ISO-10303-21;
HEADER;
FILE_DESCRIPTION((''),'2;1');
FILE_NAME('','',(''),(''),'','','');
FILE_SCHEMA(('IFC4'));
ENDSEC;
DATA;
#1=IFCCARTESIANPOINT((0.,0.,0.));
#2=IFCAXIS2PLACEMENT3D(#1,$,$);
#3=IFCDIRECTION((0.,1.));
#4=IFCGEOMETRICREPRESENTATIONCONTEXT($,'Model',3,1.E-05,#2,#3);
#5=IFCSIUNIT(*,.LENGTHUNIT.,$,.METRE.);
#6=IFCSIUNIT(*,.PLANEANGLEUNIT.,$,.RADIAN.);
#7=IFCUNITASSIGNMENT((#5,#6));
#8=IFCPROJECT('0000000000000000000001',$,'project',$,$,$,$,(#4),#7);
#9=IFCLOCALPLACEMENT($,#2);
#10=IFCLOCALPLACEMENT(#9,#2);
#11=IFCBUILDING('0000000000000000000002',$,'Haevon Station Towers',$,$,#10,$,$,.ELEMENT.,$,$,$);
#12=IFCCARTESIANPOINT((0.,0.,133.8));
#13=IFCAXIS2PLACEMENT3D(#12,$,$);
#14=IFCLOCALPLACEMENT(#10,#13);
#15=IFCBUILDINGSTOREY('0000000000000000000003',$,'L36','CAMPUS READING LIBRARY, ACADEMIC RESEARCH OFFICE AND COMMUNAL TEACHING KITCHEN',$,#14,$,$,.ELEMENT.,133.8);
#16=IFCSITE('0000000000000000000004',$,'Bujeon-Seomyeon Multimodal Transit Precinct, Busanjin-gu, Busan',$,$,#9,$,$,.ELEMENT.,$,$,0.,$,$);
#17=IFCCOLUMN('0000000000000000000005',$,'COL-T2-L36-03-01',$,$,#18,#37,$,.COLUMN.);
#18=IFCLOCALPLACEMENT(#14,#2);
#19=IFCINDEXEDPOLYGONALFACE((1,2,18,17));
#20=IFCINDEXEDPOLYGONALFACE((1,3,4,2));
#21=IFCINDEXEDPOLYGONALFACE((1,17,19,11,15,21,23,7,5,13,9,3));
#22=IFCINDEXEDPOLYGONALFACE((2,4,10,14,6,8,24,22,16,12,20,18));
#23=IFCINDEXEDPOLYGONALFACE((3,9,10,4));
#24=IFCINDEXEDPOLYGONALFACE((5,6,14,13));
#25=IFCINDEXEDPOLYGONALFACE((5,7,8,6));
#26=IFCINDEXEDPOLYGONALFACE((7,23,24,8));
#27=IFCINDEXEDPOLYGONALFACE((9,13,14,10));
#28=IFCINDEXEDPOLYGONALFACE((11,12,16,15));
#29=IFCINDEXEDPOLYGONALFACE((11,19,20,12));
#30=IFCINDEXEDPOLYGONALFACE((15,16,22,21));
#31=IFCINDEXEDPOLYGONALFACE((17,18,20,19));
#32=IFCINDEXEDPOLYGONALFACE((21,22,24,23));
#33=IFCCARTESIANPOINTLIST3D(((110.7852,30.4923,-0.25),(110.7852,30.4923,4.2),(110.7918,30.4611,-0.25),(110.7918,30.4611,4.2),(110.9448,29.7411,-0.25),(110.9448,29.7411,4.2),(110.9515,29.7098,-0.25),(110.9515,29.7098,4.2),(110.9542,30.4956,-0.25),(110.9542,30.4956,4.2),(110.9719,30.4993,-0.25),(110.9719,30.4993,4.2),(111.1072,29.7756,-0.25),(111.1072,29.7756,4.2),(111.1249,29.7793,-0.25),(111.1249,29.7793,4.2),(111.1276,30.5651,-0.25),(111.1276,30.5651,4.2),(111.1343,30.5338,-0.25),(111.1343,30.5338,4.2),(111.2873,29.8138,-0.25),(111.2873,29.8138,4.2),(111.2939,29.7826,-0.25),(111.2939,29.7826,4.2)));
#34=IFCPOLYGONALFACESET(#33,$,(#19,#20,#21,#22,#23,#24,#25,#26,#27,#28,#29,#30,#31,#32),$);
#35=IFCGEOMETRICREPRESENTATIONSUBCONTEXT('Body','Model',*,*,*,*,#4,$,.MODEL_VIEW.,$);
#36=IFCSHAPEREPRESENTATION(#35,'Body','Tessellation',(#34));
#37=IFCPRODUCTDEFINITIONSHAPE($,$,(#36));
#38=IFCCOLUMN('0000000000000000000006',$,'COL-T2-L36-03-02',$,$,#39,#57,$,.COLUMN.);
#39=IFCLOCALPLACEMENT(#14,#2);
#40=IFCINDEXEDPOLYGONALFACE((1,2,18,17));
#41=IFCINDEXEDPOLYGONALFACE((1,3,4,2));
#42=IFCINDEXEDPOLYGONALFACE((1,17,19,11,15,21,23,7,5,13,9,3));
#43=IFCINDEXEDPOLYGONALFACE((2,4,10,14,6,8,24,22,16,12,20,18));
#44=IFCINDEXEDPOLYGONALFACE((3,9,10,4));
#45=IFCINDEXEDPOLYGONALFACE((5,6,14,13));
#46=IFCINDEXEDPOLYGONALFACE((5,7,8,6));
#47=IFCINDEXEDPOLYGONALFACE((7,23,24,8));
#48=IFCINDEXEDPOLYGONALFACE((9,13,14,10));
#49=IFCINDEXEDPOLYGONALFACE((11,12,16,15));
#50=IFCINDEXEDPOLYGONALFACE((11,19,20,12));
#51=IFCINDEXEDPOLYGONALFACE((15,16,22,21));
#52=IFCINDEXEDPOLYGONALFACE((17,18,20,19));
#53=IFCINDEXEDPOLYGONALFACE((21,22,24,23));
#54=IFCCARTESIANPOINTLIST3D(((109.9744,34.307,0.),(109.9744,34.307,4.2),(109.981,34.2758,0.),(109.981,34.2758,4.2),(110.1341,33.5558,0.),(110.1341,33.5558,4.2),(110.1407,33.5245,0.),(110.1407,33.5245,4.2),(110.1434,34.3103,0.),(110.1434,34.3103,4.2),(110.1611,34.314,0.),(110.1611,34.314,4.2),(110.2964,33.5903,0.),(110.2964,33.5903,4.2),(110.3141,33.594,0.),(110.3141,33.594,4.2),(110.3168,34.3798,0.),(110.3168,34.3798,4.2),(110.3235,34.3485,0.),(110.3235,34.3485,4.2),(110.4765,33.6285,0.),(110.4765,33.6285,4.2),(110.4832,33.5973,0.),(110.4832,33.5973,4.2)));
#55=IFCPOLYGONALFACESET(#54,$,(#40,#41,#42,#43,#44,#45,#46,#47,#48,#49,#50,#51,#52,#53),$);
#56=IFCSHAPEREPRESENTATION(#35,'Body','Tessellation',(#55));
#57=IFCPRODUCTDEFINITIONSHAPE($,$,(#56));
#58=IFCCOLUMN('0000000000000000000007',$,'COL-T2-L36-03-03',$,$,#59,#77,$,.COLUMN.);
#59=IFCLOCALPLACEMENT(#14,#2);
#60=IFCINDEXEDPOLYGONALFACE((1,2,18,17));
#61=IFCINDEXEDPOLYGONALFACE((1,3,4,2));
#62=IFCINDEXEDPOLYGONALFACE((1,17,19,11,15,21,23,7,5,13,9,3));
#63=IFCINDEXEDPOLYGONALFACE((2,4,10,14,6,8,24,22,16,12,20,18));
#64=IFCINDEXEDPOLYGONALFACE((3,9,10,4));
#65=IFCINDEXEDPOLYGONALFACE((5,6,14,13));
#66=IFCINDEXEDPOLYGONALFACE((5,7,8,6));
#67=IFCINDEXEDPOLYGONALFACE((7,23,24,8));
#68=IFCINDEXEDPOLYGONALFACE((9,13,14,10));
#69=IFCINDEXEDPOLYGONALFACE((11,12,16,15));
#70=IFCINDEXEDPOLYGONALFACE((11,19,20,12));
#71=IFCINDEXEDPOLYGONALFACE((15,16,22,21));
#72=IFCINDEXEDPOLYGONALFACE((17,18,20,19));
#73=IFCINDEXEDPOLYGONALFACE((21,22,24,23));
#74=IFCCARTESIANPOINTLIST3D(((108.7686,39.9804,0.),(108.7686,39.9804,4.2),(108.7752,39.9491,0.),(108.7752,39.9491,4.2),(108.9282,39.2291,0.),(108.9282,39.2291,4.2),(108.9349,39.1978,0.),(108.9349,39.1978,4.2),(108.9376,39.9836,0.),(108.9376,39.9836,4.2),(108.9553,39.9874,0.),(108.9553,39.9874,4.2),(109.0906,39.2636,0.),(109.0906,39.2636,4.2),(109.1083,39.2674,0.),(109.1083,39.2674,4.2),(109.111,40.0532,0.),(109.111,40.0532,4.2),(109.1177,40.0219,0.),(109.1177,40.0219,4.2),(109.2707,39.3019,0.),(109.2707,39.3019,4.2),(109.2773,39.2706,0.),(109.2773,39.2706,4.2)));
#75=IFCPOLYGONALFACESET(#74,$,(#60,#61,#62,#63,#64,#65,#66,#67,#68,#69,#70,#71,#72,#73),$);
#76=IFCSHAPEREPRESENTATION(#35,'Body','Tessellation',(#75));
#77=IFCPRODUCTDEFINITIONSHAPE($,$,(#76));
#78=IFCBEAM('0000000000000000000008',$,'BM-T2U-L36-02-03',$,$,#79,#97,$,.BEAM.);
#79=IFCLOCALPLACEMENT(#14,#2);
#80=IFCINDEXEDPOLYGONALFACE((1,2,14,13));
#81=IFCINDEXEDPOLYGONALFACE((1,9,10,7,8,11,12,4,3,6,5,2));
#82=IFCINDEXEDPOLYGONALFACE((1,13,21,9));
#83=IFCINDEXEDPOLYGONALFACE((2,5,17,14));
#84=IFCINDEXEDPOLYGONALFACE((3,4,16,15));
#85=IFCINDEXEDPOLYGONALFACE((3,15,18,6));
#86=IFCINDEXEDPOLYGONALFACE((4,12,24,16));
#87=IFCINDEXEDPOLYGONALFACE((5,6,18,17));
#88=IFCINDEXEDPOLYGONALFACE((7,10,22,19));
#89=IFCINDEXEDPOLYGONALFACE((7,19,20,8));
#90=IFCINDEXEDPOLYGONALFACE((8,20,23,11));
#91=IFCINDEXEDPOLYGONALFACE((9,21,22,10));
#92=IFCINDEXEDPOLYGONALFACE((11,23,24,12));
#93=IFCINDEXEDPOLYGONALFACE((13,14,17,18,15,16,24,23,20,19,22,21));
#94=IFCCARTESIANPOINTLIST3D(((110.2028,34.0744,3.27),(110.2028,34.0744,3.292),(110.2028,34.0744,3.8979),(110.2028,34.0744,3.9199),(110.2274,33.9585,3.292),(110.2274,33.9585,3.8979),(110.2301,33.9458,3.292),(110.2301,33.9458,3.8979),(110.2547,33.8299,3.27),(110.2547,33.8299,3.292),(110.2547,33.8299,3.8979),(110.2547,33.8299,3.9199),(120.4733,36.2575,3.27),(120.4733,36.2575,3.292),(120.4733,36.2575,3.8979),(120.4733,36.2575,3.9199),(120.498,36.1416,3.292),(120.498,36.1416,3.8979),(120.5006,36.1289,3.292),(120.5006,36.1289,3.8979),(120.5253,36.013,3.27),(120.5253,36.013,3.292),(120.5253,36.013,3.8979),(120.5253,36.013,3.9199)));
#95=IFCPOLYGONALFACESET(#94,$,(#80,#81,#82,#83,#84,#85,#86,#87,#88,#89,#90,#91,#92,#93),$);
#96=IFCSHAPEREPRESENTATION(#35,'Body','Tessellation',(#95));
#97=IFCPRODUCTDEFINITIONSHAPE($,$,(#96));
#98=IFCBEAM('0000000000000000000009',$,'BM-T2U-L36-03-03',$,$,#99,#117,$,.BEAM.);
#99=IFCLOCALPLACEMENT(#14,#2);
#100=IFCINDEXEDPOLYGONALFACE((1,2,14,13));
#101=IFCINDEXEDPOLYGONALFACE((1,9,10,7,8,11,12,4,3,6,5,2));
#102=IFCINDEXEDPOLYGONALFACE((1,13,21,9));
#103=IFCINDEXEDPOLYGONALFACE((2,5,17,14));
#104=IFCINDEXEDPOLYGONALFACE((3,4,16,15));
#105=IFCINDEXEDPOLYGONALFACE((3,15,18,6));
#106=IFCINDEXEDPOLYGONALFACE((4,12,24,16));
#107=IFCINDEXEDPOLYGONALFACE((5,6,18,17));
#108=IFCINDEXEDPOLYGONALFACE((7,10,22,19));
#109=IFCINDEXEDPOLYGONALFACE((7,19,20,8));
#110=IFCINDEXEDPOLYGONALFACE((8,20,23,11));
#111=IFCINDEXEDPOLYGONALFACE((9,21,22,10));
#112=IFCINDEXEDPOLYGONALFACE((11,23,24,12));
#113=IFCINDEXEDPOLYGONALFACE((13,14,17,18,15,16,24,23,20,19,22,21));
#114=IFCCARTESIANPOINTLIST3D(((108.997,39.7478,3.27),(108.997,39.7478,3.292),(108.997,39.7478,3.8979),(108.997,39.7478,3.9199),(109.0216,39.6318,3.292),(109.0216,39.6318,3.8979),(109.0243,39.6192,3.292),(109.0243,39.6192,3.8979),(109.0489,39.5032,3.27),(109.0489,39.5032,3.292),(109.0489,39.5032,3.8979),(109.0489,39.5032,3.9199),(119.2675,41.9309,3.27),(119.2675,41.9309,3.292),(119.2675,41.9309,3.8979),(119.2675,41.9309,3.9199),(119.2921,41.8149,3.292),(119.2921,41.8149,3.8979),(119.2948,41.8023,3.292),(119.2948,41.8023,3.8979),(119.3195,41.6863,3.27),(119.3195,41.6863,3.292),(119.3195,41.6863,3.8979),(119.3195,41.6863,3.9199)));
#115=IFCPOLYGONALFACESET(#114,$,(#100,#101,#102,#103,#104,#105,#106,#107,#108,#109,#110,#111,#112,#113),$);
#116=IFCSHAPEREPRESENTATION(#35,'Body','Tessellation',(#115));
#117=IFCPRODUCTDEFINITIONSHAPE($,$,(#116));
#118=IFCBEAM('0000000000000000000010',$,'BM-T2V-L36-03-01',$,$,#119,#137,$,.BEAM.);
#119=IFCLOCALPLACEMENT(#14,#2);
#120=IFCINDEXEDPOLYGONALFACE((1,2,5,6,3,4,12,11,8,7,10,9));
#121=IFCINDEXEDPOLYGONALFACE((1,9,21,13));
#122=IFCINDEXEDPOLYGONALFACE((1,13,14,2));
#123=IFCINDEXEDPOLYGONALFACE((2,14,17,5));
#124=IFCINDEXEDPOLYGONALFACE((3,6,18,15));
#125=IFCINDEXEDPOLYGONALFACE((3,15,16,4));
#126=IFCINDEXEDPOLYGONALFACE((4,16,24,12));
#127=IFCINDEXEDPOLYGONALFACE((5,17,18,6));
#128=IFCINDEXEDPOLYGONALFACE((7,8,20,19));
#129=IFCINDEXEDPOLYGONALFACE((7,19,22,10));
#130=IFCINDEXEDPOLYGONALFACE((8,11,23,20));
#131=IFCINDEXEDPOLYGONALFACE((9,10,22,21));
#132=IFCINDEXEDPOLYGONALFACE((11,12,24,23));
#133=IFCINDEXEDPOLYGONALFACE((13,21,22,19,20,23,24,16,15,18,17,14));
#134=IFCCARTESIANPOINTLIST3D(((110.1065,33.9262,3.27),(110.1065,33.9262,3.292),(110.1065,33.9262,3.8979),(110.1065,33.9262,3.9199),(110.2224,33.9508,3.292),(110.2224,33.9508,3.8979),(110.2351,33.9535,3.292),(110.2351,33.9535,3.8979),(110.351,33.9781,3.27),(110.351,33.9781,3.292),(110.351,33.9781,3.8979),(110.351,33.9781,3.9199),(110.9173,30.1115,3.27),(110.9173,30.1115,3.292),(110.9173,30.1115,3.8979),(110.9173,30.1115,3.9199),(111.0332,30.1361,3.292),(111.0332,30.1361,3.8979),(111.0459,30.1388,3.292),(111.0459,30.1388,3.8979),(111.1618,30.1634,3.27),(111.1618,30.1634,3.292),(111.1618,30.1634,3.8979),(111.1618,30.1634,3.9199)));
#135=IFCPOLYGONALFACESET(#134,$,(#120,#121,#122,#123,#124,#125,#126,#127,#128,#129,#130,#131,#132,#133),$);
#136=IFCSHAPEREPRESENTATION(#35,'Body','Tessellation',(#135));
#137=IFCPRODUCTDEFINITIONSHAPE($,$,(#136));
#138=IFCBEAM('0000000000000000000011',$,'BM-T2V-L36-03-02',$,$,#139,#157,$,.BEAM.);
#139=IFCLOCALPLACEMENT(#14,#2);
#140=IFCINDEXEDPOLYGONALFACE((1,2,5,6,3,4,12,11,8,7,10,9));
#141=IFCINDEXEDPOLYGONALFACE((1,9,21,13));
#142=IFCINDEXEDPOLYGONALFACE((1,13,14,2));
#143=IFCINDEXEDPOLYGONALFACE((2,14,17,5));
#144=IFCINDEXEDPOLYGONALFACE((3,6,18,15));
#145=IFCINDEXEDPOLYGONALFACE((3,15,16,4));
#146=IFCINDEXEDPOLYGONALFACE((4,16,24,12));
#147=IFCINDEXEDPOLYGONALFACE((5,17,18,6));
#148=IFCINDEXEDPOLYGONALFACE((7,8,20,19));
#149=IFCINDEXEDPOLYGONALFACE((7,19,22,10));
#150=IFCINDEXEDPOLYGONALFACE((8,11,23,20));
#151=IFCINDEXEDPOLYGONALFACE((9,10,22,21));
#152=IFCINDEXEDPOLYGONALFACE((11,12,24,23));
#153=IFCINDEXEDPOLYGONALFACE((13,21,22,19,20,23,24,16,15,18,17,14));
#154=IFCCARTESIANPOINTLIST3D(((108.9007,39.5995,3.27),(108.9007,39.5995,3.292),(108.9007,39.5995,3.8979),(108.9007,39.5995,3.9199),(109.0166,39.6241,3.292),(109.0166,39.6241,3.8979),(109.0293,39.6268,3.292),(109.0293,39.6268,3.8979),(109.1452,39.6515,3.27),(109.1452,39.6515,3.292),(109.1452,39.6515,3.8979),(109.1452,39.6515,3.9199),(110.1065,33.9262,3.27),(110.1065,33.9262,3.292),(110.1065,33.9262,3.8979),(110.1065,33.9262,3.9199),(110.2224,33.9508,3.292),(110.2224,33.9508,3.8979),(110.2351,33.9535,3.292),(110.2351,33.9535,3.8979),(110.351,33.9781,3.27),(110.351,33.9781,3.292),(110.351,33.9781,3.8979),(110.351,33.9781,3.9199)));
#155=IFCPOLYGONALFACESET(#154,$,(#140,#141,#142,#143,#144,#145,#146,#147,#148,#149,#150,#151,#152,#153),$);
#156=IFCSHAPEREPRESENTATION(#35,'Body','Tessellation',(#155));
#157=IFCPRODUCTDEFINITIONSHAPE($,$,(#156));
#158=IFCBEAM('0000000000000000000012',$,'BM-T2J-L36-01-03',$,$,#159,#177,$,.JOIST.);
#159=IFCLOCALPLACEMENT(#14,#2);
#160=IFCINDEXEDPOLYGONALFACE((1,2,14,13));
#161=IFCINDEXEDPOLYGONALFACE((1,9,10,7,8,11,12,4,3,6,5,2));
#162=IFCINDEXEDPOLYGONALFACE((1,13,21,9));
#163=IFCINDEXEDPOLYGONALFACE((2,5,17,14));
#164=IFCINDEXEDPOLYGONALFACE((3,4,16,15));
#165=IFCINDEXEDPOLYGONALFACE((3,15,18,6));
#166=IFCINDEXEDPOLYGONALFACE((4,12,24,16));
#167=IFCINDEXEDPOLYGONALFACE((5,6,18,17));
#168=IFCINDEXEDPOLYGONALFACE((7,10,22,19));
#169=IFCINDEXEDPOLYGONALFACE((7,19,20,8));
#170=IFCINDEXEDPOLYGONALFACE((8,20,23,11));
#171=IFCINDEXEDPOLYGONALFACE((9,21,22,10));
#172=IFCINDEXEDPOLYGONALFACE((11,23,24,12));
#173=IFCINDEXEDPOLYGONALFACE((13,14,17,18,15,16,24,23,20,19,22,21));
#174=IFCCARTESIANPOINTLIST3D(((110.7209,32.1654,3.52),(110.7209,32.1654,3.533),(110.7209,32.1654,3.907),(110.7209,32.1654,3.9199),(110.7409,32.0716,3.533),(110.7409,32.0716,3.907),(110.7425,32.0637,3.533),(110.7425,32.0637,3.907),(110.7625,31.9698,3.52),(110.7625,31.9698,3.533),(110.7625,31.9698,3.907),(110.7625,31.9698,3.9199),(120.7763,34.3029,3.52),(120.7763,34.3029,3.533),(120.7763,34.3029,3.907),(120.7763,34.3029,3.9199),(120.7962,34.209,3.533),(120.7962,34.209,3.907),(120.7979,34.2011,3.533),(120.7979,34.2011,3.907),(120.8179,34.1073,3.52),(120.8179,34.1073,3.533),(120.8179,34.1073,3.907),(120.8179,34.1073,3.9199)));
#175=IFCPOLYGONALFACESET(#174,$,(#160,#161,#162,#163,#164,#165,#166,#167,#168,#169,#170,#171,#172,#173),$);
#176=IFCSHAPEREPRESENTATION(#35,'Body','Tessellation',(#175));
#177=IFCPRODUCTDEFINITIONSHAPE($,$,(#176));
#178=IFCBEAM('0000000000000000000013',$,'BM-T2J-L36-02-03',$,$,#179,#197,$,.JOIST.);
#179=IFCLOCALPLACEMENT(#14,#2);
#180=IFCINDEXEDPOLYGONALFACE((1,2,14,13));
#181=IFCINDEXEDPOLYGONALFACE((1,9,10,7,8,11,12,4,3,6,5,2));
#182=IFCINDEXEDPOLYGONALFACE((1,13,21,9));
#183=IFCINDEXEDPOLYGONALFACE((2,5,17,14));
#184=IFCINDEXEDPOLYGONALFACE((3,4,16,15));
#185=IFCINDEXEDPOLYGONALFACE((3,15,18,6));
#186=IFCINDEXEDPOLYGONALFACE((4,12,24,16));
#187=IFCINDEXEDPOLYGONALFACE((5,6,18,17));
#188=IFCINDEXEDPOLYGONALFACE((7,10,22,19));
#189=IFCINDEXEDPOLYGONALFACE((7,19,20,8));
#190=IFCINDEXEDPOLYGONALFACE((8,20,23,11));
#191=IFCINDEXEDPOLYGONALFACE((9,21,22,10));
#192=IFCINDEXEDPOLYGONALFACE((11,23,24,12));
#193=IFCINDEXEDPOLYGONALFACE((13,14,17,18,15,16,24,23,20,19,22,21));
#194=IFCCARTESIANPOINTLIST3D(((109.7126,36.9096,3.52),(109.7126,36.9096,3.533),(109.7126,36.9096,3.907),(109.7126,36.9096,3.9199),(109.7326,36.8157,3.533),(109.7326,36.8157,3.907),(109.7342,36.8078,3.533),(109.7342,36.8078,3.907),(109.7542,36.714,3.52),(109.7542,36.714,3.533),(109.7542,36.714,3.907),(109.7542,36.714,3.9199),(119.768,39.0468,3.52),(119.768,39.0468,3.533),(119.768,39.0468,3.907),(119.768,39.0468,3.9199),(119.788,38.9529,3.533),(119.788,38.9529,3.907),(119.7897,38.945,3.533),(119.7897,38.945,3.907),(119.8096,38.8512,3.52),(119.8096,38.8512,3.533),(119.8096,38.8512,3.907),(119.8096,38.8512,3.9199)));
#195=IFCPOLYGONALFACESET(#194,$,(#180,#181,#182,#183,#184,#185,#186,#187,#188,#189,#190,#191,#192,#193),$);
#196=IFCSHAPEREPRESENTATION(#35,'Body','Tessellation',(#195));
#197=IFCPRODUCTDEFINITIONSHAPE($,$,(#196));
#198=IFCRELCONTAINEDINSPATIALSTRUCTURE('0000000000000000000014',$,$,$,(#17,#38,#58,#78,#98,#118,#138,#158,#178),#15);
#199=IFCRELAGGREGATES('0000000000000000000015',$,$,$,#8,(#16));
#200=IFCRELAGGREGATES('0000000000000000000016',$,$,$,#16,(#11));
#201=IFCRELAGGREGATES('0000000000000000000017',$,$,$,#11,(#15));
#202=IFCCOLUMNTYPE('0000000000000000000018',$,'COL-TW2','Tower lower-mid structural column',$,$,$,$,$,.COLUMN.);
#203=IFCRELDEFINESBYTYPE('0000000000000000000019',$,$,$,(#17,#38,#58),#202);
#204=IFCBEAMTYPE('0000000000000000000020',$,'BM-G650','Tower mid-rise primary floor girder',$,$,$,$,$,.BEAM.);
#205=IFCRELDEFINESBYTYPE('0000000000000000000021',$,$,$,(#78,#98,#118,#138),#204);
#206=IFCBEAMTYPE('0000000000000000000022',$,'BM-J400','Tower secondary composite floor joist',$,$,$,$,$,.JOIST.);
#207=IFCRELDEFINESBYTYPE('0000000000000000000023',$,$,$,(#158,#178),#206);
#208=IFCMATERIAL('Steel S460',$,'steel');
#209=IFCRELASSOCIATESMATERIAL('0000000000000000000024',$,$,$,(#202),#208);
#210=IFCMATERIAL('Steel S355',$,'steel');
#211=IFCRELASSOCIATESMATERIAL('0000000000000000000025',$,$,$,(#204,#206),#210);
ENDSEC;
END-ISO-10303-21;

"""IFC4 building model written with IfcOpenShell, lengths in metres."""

from ifc_helpers import new_model, si_unit, direction, frame, origin, origin_2d, place, context, subcontext, project, spatial, i_section, extrude, material, material_profile, profile_set, type_object, element, save


model = new_model("IFC4")

# Units and contexts
model_context = context("Model", 3, precision=1e-05, world=origin(), true_north=direction((0.0, 1.0)))
body_context = subcontext(model_context, "Body", "Model", "MODEL_VIEW")
ifc_project = project(units=[si_unit("LENGTHUNIT", "METRE"), si_unit("PLANEANGLEUNIT", "RADIAN")], contexts=[model_context])

# Site, building, storey
site_placement = place(None, origin())
site = spatial("IfcSite", under=ifc_project, at=site_placement, Name="Bujeon-Seomyeon Multimodal Transit Precinct, Busanjin-gu, Busan", CompositionType="ELEMENT", RefElevation=0.0)
building_placement = place(site_placement, origin())
building = spatial("IfcBuilding", under=site, at=building_placement, Name="Haevon Station Towers", CompositionType="ELEMENT")
storey_placement = place(building_placement, frame((0.0, 0.0, 133.8)))
storey = spatial("IfcBuildingStorey", under=building, at=storey_placement, Name="L36", Description="CAMPUS READING LIBRARY, ACADEMIC RESEARCH OFFICE AND COMMUNAL TEACHING KITCHEN", CompositionType="ELEMENT", Elevation=133.8)

# Columns
ifc_material_1 = material(Name="Steel S460", Category="steel")
ifc_material_profile_1 = material_profile(ifc_material_1, i_section(OverallWidth=0.3501, OverallDepth=0.8, WebThickness=0.0181, FlangeThickness=0.032, at=origin_2d()), Name="H-800x350x18x32")
ifc_profile_set_1 = profile_set([ifc_material_profile_1], Name="Steel S460")
column_type = type_object("IfcColumnType", Name="COL-TW2", Description="Tower lower-mid structural column", PredefinedType="COLUMN", material=ifc_profile_set_1)
column_placement = place(storey_placement, frame((111.0396, 30.1375, -0.25), z_axis=(0.0, 0.0, 1.0), x_axis=(0.978148, 0.207912, 0.0)))
element("IfcColumn", 1, at=column_placement, inside=storey, type_object=column_type, Name="COL-T2-L36-03-01", PredefinedType="COLUMN", context=body_context, shape_type="SweptSolid", body=[
    extrude(i_section(OverallWidth=0.3501, OverallDepth=0.8, WebThickness=0.0181, FlangeThickness=0.032, at=origin_2d()), origin(), (0.0, 0.0, 1.0), 4.45),
])
for number, where, z_axis, x_axis, name in (
    (2, (110.2288, 33.9521, 0.0), (0.0, 0.0, 1.0), (0.978148, 0.207912, 0.0), "COL-T2-L36-03-02"),
    (3, (109.0229, 39.6255, 0.0), (0.0, 0.0, 1.0), (0.978148, 0.207912, 0.0), "COL-T2-L36-03-03"),
):
    element("IfcColumn", number, at=place(storey_placement, frame(where, z_axis=z_axis, x_axis=x_axis)), inside=storey, type_object=column_type, Name=name, PredefinedType="COLUMN", context=body_context, shape_type="SweptSolid", body=[
        extrude(i_section(OverallWidth=0.3501, OverallDepth=0.8, WebThickness=0.0181, FlangeThickness=0.032, at=origin_2d()), origin(), (0.0, 0.0, 1.0), 4.2),
    ])

# Beams
ifc_material_2 = material(Name="Steel S355", Category="steel")
ifc_material_profile_2 = material_profile(ifc_material_2, i_section(OverallWidth=0.25, OverallDepth=0.6499, WebThickness=0.0129, FlangeThickness=0.022, at=origin_2d()), Name="H-650x250x13x22")
ifc_profile_set_2 = profile_set([ifc_material_profile_2], Name="Steel S355")
beam_type_1 = type_object("IfcBeamType", Name="BM-G650", Description="Tower mid-rise primary floor girder", PredefinedType="BEAM", material=ifc_profile_set_2)
for number, where, z_axis, x_axis, name in (
    (4, (110.2288, 33.9521, 3.595), (0.978147, 0.207915, 0.0), (-0.207915, 0.978147, 0.0), "BM-T2U-L36-02-03"),
    (5, (109.0229, 39.6255, 3.595), (0.978147, 0.207915, 0.0), (-0.207915, 0.978147, 0.0), "BM-T2U-L36-03-03"),
):
    element("IfcBeam", number, at=place(storey_placement, frame(where, z_axis=z_axis, x_axis=x_axis)), inside=storey, type_object=beam_type_1, Name=name, PredefinedType="BEAM", context=body_context, shape_type="SweptSolid", body=[
        extrude(i_section(OverallWidth=0.25, OverallDepth=0.6499, WebThickness=0.0129, FlangeThickness=0.022, at=origin_2d()), origin(), (0.0, 0.0, 1.0), 10.5),
    ])
beam_1_placement = place(storey_placement, frame((111.0396, 30.1375, 3.595), z_axis=(-0.2079, 0.97815, 0.0), x_axis=(-0.97815, -0.2079, 0.0)))
element("IfcBeam", 6, at=beam_1_placement, inside=storey, type_object=beam_type_1, Name="BM-T2V-L36-03-01", PredefinedType="BEAM", context=body_context, shape_type="SweptSolid", body=[
    extrude(i_section(OverallWidth=0.25, OverallDepth=0.6499, WebThickness=0.0129, FlangeThickness=0.022, at=origin_2d()), origin(), (0.0, 0.0, 1.0), 3.8999),
])
beam_2_placement = place(storey_placement, frame((110.2288, 33.9521, 3.595), z_axis=(-0.207896, 0.978151, 0.0), x_axis=(-0.978151, -0.207896, 0.0)))
element("IfcBeam", 7, at=beam_2_placement, inside=storey, type_object=beam_type_1, Name="BM-T2V-L36-03-02", PredefinedType="BEAM", context=body_context, shape_type="SweptSolid", body=[
    extrude(i_section(OverallWidth=0.25, OverallDepth=0.6499, WebThickness=0.0129, FlangeThickness=0.022, at=origin_2d()), origin(), (0.0, 0.0, 1.0), 5.8),
])
ifc_material_profile_3 = material_profile(ifc_material_2, i_section(OverallWidth=0.2, OverallDepth=0.3999, WebThickness=0.0081, FlangeThickness=0.0129, at=origin_2d()), Name="H-400x200x8x13")
ifc_profile_set_3 = profile_set([ifc_material_profile_3], Name="Steel S355")
beam_type_2 = type_object("IfcBeamType", Name="BM-J400", Description="Tower secondary composite floor joist", PredefinedType="JOIST", material=ifc_profile_set_3)
for number, where, z_axis, x_axis, name in (
    (8, (110.7417, 32.0676, 3.72), (0.978146, 0.207922, 0.0), (-0.207922, 0.978146, 0.0), "BM-T2J-L36-01-03"),
    (9, (109.7334, 36.8118, 3.72), (0.97815, 0.207899, 0.0), (-0.207899, 0.97815, 0.0), "BM-T2J-L36-02-03"),
):
    element("IfcBeam", number, at=place(storey_placement, frame(where, z_axis=z_axis, x_axis=x_axis)), inside=storey, type_object=beam_type_2, Name=name, PredefinedType="JOIST", context=body_context, shape_type="SweptSolid", body=[
        extrude(i_section(OverallWidth=0.2, OverallDepth=0.3999, WebThickness=0.0081, FlangeThickness=0.0129, at=origin_2d()), origin(), (0.0, 0.0, 1.0), 10.28),
    ])

save(model, "model.ifc")
